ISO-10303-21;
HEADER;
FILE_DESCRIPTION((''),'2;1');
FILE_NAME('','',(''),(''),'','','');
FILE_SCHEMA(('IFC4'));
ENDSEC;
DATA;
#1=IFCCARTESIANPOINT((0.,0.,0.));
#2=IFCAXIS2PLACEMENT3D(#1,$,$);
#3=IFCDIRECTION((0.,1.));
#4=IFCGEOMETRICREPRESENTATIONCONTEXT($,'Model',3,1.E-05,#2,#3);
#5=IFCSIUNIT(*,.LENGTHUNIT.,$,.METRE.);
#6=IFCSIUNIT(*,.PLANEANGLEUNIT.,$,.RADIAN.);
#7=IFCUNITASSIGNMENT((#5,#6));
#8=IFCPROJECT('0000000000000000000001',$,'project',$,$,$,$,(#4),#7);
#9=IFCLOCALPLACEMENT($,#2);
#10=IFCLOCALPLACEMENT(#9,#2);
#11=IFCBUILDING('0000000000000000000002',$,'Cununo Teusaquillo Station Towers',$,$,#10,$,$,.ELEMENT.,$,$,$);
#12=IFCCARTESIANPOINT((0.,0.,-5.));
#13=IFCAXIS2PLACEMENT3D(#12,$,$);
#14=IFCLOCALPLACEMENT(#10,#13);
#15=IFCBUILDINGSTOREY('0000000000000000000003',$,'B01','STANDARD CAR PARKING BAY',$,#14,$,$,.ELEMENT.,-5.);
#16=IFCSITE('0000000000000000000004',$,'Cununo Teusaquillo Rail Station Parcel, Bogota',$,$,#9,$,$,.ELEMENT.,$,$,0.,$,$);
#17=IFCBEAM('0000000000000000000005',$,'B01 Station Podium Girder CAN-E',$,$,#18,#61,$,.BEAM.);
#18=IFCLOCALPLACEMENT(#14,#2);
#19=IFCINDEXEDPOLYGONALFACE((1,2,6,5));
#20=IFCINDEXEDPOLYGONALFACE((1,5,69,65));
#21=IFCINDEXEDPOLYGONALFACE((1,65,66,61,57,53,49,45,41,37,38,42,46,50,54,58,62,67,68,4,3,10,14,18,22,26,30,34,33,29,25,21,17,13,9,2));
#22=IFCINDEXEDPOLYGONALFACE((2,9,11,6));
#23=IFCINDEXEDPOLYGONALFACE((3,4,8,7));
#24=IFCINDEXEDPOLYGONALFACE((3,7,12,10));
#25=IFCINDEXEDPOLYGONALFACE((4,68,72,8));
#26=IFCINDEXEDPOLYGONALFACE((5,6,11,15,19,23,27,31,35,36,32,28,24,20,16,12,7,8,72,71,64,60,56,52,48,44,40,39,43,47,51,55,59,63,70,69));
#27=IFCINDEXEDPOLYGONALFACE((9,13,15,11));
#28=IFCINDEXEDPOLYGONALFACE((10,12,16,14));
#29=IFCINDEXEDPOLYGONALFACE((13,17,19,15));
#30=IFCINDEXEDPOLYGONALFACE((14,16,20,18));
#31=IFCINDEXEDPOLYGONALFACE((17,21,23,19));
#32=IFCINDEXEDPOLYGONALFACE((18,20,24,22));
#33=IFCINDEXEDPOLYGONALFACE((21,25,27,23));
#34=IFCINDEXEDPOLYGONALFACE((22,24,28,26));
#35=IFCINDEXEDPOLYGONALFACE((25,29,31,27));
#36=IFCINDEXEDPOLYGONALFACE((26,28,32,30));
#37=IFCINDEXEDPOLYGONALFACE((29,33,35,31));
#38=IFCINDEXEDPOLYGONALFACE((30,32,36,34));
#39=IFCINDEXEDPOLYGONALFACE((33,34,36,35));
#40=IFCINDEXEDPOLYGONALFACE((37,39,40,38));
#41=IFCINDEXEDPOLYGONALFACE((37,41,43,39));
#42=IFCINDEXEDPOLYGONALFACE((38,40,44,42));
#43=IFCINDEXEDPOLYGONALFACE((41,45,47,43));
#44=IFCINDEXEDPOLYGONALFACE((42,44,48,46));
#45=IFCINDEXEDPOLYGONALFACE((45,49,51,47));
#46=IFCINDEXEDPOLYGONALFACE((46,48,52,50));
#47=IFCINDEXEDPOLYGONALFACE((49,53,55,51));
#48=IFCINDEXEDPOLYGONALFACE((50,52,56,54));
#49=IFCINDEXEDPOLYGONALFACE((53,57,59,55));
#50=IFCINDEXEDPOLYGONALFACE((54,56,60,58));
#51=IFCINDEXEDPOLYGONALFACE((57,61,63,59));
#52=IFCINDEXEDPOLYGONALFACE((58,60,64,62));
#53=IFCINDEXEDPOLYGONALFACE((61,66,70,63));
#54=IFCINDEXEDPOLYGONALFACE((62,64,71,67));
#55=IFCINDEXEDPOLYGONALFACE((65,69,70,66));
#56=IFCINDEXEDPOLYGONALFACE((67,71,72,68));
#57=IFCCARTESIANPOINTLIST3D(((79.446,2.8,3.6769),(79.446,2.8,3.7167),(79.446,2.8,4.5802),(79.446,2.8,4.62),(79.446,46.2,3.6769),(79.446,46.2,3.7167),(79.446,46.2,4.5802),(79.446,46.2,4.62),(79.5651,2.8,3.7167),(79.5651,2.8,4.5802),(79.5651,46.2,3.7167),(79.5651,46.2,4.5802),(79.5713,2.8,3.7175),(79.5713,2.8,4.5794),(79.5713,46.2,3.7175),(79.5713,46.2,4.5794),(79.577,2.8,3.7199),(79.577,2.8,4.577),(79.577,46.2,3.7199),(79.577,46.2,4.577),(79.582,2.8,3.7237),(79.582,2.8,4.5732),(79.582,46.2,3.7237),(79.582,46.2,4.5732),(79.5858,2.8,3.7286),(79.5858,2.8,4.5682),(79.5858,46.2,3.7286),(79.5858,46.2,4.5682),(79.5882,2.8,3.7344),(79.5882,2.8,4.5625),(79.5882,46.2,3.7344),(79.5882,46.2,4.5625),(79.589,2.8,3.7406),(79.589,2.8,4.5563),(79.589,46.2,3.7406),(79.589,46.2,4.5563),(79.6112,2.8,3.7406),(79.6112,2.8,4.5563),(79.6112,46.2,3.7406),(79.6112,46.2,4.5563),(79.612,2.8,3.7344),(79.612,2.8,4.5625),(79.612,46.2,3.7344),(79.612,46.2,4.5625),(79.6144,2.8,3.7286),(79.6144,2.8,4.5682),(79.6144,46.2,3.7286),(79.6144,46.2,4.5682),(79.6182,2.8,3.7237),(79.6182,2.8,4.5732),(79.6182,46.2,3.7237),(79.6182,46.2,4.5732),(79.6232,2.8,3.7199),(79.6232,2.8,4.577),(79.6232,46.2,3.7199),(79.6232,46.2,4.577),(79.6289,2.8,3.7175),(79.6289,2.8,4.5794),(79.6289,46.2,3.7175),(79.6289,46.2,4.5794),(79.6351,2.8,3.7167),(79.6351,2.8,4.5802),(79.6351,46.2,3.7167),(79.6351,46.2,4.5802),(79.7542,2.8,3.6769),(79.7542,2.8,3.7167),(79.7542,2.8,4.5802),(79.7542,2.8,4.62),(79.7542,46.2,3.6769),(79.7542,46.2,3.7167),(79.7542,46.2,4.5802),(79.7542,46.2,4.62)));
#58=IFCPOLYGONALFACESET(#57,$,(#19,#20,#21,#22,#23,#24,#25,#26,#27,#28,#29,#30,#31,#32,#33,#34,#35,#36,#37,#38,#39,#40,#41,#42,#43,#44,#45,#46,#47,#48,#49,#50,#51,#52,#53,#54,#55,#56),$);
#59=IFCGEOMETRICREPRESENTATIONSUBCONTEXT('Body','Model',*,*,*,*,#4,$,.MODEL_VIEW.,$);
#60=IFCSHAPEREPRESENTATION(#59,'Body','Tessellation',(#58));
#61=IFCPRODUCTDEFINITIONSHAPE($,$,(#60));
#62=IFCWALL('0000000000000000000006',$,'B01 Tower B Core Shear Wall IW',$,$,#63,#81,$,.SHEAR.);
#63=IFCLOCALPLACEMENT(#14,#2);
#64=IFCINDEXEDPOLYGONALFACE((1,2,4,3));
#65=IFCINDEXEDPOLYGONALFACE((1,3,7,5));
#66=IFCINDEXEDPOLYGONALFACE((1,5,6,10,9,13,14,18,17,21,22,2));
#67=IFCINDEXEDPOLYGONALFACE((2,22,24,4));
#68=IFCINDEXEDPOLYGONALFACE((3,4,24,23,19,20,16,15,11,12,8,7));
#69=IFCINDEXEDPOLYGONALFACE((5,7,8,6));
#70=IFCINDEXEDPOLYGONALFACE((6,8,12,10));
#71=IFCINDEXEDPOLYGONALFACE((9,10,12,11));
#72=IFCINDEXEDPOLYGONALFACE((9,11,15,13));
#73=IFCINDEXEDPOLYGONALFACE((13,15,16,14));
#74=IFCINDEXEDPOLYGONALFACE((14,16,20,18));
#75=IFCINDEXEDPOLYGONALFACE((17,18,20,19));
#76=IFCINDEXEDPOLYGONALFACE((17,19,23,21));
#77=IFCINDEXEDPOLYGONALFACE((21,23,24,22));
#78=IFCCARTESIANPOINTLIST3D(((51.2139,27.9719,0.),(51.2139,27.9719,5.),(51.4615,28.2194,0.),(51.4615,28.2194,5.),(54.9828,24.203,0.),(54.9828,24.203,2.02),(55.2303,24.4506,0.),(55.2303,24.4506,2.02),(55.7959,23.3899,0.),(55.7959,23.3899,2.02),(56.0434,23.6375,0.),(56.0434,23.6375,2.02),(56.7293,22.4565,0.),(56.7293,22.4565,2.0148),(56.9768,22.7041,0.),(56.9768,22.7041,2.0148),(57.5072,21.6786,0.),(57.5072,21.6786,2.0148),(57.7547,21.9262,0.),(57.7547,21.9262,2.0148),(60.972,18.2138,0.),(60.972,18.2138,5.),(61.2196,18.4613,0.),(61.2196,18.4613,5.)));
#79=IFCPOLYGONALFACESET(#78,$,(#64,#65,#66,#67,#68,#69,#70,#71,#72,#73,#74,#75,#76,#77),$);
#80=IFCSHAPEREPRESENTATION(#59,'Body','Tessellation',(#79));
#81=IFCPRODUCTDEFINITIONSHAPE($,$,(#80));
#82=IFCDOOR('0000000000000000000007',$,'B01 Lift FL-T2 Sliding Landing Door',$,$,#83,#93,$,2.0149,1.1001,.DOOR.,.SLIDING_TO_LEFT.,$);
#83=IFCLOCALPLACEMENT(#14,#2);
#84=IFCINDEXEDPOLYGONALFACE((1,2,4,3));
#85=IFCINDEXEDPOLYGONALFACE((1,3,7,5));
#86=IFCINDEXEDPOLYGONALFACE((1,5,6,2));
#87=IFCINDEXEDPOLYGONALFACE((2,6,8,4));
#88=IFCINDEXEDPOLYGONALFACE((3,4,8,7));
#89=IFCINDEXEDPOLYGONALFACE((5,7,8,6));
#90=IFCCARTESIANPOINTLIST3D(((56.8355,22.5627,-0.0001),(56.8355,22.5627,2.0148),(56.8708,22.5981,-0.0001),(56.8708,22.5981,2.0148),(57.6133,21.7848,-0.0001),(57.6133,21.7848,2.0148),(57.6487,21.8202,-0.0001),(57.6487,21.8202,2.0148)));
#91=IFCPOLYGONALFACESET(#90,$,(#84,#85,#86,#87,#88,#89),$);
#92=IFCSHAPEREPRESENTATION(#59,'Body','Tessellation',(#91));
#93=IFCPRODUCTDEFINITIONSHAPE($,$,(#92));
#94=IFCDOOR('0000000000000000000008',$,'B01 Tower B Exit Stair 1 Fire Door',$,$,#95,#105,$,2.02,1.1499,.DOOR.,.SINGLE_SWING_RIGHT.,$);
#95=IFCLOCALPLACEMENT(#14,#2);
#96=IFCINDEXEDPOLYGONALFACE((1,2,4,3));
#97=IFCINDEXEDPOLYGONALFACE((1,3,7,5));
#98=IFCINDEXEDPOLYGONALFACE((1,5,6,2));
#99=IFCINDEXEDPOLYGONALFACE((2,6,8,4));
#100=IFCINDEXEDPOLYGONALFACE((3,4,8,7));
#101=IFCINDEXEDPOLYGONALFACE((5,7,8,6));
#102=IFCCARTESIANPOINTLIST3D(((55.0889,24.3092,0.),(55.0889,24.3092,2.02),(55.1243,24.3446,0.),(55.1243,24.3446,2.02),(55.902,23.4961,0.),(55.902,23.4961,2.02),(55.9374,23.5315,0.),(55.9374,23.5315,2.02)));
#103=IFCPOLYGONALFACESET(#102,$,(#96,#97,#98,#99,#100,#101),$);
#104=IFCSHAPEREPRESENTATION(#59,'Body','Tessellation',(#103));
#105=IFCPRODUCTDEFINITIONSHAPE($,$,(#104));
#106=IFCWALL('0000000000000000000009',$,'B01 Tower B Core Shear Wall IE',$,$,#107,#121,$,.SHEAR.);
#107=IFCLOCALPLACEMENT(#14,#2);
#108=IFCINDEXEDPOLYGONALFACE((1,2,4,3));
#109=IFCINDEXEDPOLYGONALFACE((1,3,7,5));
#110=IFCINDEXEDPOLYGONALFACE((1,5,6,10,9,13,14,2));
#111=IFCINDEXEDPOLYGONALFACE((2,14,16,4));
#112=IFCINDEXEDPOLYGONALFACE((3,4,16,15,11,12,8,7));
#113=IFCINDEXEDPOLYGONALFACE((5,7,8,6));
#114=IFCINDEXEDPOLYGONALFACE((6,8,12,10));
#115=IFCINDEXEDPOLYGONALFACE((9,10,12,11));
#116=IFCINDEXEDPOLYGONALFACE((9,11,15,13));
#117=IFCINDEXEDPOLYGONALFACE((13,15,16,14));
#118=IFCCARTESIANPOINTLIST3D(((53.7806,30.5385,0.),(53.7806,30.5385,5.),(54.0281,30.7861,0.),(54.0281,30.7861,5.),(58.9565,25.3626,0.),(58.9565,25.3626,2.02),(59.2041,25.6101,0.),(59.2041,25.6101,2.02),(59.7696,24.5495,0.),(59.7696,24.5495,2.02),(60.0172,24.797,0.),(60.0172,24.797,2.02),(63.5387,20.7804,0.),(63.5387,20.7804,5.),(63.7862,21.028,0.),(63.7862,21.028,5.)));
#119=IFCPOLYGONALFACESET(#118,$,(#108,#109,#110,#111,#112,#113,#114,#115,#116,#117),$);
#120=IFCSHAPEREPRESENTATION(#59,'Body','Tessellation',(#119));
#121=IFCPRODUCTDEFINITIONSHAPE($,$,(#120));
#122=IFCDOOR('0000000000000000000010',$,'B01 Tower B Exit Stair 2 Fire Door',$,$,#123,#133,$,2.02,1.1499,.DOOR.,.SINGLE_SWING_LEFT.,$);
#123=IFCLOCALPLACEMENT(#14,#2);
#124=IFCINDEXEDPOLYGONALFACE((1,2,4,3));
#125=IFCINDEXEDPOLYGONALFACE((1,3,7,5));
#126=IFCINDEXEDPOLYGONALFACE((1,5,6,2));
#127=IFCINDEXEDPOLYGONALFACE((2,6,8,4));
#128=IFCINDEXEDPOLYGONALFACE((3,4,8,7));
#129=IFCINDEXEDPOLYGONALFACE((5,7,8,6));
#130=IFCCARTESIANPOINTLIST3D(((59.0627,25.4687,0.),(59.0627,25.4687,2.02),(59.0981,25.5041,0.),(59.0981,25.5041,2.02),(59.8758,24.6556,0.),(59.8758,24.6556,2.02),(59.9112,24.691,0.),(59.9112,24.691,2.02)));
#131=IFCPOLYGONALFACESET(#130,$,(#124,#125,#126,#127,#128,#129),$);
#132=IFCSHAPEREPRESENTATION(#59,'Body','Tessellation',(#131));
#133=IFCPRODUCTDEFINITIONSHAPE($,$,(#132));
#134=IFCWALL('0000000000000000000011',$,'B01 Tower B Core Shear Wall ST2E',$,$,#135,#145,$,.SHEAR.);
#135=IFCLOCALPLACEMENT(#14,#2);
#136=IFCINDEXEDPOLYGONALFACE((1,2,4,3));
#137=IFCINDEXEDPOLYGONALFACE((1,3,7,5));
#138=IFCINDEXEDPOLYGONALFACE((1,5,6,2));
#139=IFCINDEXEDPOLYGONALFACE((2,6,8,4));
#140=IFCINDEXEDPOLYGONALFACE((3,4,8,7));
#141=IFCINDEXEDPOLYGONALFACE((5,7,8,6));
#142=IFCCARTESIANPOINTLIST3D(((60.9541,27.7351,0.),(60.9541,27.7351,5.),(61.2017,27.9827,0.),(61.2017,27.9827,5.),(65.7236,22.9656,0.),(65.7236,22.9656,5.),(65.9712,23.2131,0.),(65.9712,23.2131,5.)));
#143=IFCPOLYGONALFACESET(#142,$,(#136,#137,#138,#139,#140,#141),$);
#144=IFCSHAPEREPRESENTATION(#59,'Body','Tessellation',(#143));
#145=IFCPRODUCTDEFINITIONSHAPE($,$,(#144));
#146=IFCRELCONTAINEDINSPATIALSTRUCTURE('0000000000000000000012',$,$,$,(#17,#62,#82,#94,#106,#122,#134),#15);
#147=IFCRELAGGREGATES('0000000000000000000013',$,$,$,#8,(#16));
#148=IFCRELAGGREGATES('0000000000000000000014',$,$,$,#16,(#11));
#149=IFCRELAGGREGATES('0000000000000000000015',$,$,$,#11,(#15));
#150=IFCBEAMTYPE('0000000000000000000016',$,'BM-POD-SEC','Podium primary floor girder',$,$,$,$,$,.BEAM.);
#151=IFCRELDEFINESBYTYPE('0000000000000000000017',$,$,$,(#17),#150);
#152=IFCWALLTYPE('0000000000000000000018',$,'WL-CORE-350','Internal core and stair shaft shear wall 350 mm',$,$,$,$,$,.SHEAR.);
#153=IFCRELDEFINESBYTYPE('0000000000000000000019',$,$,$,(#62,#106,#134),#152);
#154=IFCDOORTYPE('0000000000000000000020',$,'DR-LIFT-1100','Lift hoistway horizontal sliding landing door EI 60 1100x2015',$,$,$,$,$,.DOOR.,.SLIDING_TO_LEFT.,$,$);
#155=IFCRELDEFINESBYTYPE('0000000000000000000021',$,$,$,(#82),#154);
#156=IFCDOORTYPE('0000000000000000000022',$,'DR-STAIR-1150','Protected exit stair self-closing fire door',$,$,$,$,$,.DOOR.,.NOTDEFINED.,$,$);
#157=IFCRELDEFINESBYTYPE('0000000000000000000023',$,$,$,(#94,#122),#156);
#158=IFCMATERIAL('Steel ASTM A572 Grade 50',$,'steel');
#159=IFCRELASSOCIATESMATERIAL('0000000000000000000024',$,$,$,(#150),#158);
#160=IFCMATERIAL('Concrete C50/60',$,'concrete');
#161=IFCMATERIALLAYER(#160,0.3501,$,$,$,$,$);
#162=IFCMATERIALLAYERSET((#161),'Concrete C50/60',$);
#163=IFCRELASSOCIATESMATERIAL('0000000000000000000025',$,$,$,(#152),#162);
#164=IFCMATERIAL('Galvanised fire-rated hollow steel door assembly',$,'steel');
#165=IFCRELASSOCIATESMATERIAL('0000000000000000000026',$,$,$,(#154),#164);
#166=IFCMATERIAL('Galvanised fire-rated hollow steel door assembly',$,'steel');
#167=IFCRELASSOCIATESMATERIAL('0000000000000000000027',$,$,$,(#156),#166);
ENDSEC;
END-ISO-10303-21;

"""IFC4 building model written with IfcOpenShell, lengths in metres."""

from ifc_helpers import new_model, si_unit, direction, frame, frame_2d, origin, origin_2d, place, context, subcontext, project, spatial, rectangle, i_section, extrude, source, transform, mapped, material, layer, layer_set, material_profile, profile_set, type_object, element, fill, save


model = new_model("IFC4")

# Units and contexts
model_context = context("Model", 3, precision=1e-05, world=origin(), true_north=direction((0.0, 1.0)))
body_context = subcontext(model_context, "Body", "Model", "MODEL_VIEW")
ifc_project = project(units=[si_unit("LENGTHUNIT", "METRE"), si_unit("PLANEANGLEUNIT", "RADIAN")], contexts=[model_context])

# Site, building, storey
site_placement = place(None, origin())
site = spatial("IfcSite", under=ifc_project, at=site_placement, Name="Cununo Teusaquillo Rail Station Parcel, Bogota", CompositionType="ELEMENT", RefElevation=0.0)
building_placement = place(site_placement, origin())
building = spatial("IfcBuilding", under=site, at=building_placement, Name="Cununo Teusaquillo Station Towers", CompositionType="ELEMENT")
storey_placement = place(building_placement, frame((0.0, 0.0, -5.0)))
storey = spatial("IfcBuildingStorey", under=building, at=storey_placement, Name="B01", Description="STANDARD CAR PARKING BAY", CompositionType="ELEMENT", Elevation=-5.0)

# Beam
ifc_material_1 = material(Name="Steel ASTM A572 Grade 50", Category="steel")
ifc_material_profile_1 = material_profile(ifc_material_1, i_section(OverallWidth=0.3081, OverallDepth=0.9431, WebThickness=0.0222, FlangeThickness=0.0398, FilletRadius=0.0239, at=origin_2d()), Name="W36X232")
ifc_profile_set_1 = profile_set([ifc_material_profile_1], Name="Steel ASTM A572 Grade 50")
beam_type_1 = type_object("IfcBeamType", Name="BM-POD-SEC", Description="Podium primary floor girder", PredefinedType="BEAM", material=ifc_profile_set_1)
beam_1_placement = place(storey_placement, frame((79.6001, 2.8, 4.1484), z_axis=(0.0, 1.0, 0.0), x_axis=(-1.0, 0.0, 0.0)))
element("IfcBeam", 1, at=beam_1_placement, inside=storey, type_object=beam_type_1, Name="B01 Station Podium Girder CAN-E", PredefinedType="BEAM", context=body_context, shape_type="SweptSolid", body=[
    extrude(i_section(OverallWidth=0.3081, OverallDepth=0.9431, WebThickness=0.0222, FlangeThickness=0.0398, FilletRadius=0.0239, at=origin_2d()), origin(), (0.0, 0.0, 1.0), 43.3999),
])

# Wall, openings, doors
ifc_material_2 = material(Name="Concrete C50/60", Category="concrete")
ifc_layer_1 = layer(ifc_material_2, 0.3501)
ifc_layer_set_1 = layer_set([ifc_layer_1], Name="Concrete C50/60")
wall_type_1 = type_object("IfcWallType", Name="WL-CORE-350", Description="Internal core and stair shaft shear wall 350 mm", PredefinedType="SHEAR", material=ifc_layer_set_1)
wall_1_placement = place(storey_placement, frame((61.0957, 18.3376, 0.0), z_axis=(0.0, 0.0, 1.0), x_axis=(-0.707107, 0.707107, 0.0)))
wall_1 = element("IfcWall", 2, at=wall_1_placement, inside=storey, type_object=wall_type_1, Name="B01 Tower B Core Shear Wall IW", PredefinedType="SHEAR", context=body_context, shape_type="SweptSolid", body=[
    extrude(rectangle(XDim=13.8, YDim=0.3501, at=frame_2d((6.8999, 0.0))), origin(), (0.0, 0.0, 1.0), 5.0),
])
shared_shape_1 = source(origin(), body_context, "Body", "SweptSolid", [
    extrude(rectangle(XDim=1.1001, YDim=2.0149, at=frame_2d((0.55, 1.0073))), frame((0.0, 0.1851, 0.0), z_axis=(0.0, -1.0, 0.0), x_axis=(1.0, 0.0, 0.0)), (0.0, 0.0, 1.0), 0.3701),
])
opening_1_placement = place(wall_1_placement, frame((4.8999, 0.0, 0.0)))
opening_1 = element("IfcOpeningElement", 3, at=opening_1_placement, cuts=wall_1, PredefinedType="OPENING", context=body_context, shape_type="MappedRepresentation", body=[
    mapped(shared_shape_1, transform((0.0, 0.0, 0.0), x_axis=(1.0, 0.0, 0.0), y_axis=(0.0, 1.0, 0.0), z_axis=(0.0, 0.0, 1.0), scale=1.0)),
])
shared_shape_2 = source(origin(), body_context, "Body", "SweptSolid", [
    extrude(rectangle(XDim=1.1499, YDim=2.02, at=frame_2d((0.575, 1.01))), frame((0.0, 0.1851, 0.0), z_axis=(0.0, -1.0, 0.0), x_axis=(1.0, 0.0, 0.0)), (0.0, 0.0, 1.0), 0.3701),
])
opening_2_placement = place(wall_1_placement, frame((7.3201, 0.0, 0.0)))
opening_2 = element("IfcOpeningElement", 4, at=opening_2_placement, cuts=wall_1, PredefinedType="OPENING", context=body_context, shape_type="MappedRepresentation", body=[
    mapped(shared_shape_2, transform((0.0, 0.0, 0.0), x_axis=(1.0, 0.0, 0.0), y_axis=(0.0, 1.0, 0.0), z_axis=(0.0, 0.0, 1.0), scale=1.0)),
])
ifc_material_3 = material(Name="Galvanised fire-rated hollow steel door assembly", Category="steel")
door_type_1 = type_object("IfcDoorType", Name="DR-LIFT-1100", Description="Lift hoistway horizontal sliding landing door EI 60 1100x2015", OperationType="SLIDING_TO_LEFT", PredefinedType="DOOR", material=ifc_material_3)
shared_shape_3 = source(origin(), body_context, "Body", "SweptSolid", [
    extrude(rectangle(XDim=1.1001, YDim=2.0149, at=frame_2d((0.55, 1.0073))), frame((0.0, 0.0249, 0.0), z_axis=(0.0, -1.0, 0.0), x_axis=(1.0, 0.0, 0.0)), (0.0, 0.0, 1.0), 0.05),
])
door_1_placement = place(opening_1_placement, origin())
door_1 = element("IfcDoor", 5, at=door_1_placement, inside=storey, type_object=door_type_1, Name="B01 Lift FL-T2 Sliding Landing Door", OperationType="SLIDING_TO_LEFT", OverallHeight=2.0149, OverallWidth=1.1001, PredefinedType="DOOR", context=body_context, shape_type="MappedRepresentation", body=[
    mapped(shared_shape_3, transform((0.0, 0.0, 0.0), x_axis=(1.0, 0.0, 0.0), y_axis=(0.0, 1.0, 0.0), z_axis=(0.0, 0.0, 1.0), scale=1.0)),
])
fill(opening_1, door_1)
ifc_material_4 = material(Name="Galvanised fire-rated hollow steel door assembly", Category="steel")
door_type_2 = type_object("IfcDoorType", Name="DR-STAIR-1150", Description="Protected exit stair self-closing fire door", OperationType="NOTDEFINED", PredefinedType="DOOR", material=ifc_material_4)
shared_shape_4 = source(origin(), body_context, "Body", "SweptSolid", [
    extrude(rectangle(XDim=1.1499, YDim=2.02, at=frame_2d((0.575, 1.01))), frame((0.0, 0.0249, 0.0), z_axis=(0.0, -1.0, 0.0), x_axis=(1.0, 0.0, 0.0)), (0.0, 0.0, 1.0), 0.05),
])
door_2_placement = place(opening_2_placement, origin())
door_2 = element("IfcDoor", 6, at=door_2_placement, inside=storey, type_object=door_type_2, Name="B01 Tower B Exit Stair 1 Fire Door", OperationType="SINGLE_SWING_RIGHT", OverallHeight=2.02, OverallWidth=1.1499, PredefinedType="DOOR", context=body_context, shape_type="MappedRepresentation", body=[
    mapped(shared_shape_4, transform((0.0, 0.0, 0.0), x_axis=(1.0, 0.0, 0.0), y_axis=(0.0, 1.0, 0.0), z_axis=(0.0, 0.0, 1.0), scale=1.0)),
])
fill(opening_2, door_2)

# Wall, opening, door
wall_2_placement = place(storey_placement, frame((63.6624, 20.9043, 0.0), z_axis=(0.0, 0.0, 1.0), x_axis=(-0.707107, 0.707107, 0.0)))
wall_2 = element("IfcWall", 7, at=wall_2_placement, inside=storey, type_object=wall_type_1, Name="B01 Tower B Core Shear Wall IE", PredefinedType="SHEAR", context=body_context, shape_type="SweptSolid", body=[
    extrude(rectangle(XDim=13.8, YDim=0.3501, at=frame_2d((6.8999, 0.0))), origin(), (0.0, 0.0, 1.0), 5.0),
])
opening_3_placement = place(wall_2_placement, frame((5.3301, 0.0, 0.0)))
opening_3 = element("IfcOpeningElement", 8, at=opening_3_placement, cuts=wall_2, PredefinedType="OPENING", context=body_context, shape_type="MappedRepresentation", body=[
    mapped(shared_shape_2, transform((0.0, 0.0, 0.0), x_axis=(1.0, 0.0, 0.0), y_axis=(0.0, 1.0, 0.0), z_axis=(0.0, 0.0, 1.0), scale=1.0)),
])
door_3_placement = place(opening_3_placement, origin())
door_3 = element("IfcDoor", 9, at=door_3_placement, inside=storey, type_object=door_type_2, Name="B01 Tower B Exit Stair 2 Fire Door", OperationType="SINGLE_SWING_LEFT", OverallHeight=2.02, OverallWidth=1.1499, PredefinedType="DOOR", context=body_context, shape_type="MappedRepresentation", body=[
    mapped(shared_shape_4, transform((0.0, 0.0, 0.0), x_axis=(1.0, 0.0, 0.0), y_axis=(0.0, 1.0, 0.0), z_axis=(0.0, 0.0, 1.0), scale=1.0)),
])
fill(opening_3, door_3)

# Wall
wall_3_placement = place(storey_placement, frame((65.8474, 23.0894, 0.0), z_axis=(0.0, 0.0, 1.0), x_axis=(-0.707107, 0.707107, 0.0)))
element("IfcWall", 10, at=wall_3_placement, inside=storey, type_object=wall_type_1, Name="B01 Tower B Core Shear Wall ST2E", PredefinedType="SHEAR", context=body_context, shape_type="SweptSolid", body=[
    extrude(rectangle(XDim=6.7451, YDim=0.3501, at=frame_2d((3.3726, 0.0))), origin(), (0.0, 0.0, 1.0), 5.0),
])

save(model, "model.ifc")
